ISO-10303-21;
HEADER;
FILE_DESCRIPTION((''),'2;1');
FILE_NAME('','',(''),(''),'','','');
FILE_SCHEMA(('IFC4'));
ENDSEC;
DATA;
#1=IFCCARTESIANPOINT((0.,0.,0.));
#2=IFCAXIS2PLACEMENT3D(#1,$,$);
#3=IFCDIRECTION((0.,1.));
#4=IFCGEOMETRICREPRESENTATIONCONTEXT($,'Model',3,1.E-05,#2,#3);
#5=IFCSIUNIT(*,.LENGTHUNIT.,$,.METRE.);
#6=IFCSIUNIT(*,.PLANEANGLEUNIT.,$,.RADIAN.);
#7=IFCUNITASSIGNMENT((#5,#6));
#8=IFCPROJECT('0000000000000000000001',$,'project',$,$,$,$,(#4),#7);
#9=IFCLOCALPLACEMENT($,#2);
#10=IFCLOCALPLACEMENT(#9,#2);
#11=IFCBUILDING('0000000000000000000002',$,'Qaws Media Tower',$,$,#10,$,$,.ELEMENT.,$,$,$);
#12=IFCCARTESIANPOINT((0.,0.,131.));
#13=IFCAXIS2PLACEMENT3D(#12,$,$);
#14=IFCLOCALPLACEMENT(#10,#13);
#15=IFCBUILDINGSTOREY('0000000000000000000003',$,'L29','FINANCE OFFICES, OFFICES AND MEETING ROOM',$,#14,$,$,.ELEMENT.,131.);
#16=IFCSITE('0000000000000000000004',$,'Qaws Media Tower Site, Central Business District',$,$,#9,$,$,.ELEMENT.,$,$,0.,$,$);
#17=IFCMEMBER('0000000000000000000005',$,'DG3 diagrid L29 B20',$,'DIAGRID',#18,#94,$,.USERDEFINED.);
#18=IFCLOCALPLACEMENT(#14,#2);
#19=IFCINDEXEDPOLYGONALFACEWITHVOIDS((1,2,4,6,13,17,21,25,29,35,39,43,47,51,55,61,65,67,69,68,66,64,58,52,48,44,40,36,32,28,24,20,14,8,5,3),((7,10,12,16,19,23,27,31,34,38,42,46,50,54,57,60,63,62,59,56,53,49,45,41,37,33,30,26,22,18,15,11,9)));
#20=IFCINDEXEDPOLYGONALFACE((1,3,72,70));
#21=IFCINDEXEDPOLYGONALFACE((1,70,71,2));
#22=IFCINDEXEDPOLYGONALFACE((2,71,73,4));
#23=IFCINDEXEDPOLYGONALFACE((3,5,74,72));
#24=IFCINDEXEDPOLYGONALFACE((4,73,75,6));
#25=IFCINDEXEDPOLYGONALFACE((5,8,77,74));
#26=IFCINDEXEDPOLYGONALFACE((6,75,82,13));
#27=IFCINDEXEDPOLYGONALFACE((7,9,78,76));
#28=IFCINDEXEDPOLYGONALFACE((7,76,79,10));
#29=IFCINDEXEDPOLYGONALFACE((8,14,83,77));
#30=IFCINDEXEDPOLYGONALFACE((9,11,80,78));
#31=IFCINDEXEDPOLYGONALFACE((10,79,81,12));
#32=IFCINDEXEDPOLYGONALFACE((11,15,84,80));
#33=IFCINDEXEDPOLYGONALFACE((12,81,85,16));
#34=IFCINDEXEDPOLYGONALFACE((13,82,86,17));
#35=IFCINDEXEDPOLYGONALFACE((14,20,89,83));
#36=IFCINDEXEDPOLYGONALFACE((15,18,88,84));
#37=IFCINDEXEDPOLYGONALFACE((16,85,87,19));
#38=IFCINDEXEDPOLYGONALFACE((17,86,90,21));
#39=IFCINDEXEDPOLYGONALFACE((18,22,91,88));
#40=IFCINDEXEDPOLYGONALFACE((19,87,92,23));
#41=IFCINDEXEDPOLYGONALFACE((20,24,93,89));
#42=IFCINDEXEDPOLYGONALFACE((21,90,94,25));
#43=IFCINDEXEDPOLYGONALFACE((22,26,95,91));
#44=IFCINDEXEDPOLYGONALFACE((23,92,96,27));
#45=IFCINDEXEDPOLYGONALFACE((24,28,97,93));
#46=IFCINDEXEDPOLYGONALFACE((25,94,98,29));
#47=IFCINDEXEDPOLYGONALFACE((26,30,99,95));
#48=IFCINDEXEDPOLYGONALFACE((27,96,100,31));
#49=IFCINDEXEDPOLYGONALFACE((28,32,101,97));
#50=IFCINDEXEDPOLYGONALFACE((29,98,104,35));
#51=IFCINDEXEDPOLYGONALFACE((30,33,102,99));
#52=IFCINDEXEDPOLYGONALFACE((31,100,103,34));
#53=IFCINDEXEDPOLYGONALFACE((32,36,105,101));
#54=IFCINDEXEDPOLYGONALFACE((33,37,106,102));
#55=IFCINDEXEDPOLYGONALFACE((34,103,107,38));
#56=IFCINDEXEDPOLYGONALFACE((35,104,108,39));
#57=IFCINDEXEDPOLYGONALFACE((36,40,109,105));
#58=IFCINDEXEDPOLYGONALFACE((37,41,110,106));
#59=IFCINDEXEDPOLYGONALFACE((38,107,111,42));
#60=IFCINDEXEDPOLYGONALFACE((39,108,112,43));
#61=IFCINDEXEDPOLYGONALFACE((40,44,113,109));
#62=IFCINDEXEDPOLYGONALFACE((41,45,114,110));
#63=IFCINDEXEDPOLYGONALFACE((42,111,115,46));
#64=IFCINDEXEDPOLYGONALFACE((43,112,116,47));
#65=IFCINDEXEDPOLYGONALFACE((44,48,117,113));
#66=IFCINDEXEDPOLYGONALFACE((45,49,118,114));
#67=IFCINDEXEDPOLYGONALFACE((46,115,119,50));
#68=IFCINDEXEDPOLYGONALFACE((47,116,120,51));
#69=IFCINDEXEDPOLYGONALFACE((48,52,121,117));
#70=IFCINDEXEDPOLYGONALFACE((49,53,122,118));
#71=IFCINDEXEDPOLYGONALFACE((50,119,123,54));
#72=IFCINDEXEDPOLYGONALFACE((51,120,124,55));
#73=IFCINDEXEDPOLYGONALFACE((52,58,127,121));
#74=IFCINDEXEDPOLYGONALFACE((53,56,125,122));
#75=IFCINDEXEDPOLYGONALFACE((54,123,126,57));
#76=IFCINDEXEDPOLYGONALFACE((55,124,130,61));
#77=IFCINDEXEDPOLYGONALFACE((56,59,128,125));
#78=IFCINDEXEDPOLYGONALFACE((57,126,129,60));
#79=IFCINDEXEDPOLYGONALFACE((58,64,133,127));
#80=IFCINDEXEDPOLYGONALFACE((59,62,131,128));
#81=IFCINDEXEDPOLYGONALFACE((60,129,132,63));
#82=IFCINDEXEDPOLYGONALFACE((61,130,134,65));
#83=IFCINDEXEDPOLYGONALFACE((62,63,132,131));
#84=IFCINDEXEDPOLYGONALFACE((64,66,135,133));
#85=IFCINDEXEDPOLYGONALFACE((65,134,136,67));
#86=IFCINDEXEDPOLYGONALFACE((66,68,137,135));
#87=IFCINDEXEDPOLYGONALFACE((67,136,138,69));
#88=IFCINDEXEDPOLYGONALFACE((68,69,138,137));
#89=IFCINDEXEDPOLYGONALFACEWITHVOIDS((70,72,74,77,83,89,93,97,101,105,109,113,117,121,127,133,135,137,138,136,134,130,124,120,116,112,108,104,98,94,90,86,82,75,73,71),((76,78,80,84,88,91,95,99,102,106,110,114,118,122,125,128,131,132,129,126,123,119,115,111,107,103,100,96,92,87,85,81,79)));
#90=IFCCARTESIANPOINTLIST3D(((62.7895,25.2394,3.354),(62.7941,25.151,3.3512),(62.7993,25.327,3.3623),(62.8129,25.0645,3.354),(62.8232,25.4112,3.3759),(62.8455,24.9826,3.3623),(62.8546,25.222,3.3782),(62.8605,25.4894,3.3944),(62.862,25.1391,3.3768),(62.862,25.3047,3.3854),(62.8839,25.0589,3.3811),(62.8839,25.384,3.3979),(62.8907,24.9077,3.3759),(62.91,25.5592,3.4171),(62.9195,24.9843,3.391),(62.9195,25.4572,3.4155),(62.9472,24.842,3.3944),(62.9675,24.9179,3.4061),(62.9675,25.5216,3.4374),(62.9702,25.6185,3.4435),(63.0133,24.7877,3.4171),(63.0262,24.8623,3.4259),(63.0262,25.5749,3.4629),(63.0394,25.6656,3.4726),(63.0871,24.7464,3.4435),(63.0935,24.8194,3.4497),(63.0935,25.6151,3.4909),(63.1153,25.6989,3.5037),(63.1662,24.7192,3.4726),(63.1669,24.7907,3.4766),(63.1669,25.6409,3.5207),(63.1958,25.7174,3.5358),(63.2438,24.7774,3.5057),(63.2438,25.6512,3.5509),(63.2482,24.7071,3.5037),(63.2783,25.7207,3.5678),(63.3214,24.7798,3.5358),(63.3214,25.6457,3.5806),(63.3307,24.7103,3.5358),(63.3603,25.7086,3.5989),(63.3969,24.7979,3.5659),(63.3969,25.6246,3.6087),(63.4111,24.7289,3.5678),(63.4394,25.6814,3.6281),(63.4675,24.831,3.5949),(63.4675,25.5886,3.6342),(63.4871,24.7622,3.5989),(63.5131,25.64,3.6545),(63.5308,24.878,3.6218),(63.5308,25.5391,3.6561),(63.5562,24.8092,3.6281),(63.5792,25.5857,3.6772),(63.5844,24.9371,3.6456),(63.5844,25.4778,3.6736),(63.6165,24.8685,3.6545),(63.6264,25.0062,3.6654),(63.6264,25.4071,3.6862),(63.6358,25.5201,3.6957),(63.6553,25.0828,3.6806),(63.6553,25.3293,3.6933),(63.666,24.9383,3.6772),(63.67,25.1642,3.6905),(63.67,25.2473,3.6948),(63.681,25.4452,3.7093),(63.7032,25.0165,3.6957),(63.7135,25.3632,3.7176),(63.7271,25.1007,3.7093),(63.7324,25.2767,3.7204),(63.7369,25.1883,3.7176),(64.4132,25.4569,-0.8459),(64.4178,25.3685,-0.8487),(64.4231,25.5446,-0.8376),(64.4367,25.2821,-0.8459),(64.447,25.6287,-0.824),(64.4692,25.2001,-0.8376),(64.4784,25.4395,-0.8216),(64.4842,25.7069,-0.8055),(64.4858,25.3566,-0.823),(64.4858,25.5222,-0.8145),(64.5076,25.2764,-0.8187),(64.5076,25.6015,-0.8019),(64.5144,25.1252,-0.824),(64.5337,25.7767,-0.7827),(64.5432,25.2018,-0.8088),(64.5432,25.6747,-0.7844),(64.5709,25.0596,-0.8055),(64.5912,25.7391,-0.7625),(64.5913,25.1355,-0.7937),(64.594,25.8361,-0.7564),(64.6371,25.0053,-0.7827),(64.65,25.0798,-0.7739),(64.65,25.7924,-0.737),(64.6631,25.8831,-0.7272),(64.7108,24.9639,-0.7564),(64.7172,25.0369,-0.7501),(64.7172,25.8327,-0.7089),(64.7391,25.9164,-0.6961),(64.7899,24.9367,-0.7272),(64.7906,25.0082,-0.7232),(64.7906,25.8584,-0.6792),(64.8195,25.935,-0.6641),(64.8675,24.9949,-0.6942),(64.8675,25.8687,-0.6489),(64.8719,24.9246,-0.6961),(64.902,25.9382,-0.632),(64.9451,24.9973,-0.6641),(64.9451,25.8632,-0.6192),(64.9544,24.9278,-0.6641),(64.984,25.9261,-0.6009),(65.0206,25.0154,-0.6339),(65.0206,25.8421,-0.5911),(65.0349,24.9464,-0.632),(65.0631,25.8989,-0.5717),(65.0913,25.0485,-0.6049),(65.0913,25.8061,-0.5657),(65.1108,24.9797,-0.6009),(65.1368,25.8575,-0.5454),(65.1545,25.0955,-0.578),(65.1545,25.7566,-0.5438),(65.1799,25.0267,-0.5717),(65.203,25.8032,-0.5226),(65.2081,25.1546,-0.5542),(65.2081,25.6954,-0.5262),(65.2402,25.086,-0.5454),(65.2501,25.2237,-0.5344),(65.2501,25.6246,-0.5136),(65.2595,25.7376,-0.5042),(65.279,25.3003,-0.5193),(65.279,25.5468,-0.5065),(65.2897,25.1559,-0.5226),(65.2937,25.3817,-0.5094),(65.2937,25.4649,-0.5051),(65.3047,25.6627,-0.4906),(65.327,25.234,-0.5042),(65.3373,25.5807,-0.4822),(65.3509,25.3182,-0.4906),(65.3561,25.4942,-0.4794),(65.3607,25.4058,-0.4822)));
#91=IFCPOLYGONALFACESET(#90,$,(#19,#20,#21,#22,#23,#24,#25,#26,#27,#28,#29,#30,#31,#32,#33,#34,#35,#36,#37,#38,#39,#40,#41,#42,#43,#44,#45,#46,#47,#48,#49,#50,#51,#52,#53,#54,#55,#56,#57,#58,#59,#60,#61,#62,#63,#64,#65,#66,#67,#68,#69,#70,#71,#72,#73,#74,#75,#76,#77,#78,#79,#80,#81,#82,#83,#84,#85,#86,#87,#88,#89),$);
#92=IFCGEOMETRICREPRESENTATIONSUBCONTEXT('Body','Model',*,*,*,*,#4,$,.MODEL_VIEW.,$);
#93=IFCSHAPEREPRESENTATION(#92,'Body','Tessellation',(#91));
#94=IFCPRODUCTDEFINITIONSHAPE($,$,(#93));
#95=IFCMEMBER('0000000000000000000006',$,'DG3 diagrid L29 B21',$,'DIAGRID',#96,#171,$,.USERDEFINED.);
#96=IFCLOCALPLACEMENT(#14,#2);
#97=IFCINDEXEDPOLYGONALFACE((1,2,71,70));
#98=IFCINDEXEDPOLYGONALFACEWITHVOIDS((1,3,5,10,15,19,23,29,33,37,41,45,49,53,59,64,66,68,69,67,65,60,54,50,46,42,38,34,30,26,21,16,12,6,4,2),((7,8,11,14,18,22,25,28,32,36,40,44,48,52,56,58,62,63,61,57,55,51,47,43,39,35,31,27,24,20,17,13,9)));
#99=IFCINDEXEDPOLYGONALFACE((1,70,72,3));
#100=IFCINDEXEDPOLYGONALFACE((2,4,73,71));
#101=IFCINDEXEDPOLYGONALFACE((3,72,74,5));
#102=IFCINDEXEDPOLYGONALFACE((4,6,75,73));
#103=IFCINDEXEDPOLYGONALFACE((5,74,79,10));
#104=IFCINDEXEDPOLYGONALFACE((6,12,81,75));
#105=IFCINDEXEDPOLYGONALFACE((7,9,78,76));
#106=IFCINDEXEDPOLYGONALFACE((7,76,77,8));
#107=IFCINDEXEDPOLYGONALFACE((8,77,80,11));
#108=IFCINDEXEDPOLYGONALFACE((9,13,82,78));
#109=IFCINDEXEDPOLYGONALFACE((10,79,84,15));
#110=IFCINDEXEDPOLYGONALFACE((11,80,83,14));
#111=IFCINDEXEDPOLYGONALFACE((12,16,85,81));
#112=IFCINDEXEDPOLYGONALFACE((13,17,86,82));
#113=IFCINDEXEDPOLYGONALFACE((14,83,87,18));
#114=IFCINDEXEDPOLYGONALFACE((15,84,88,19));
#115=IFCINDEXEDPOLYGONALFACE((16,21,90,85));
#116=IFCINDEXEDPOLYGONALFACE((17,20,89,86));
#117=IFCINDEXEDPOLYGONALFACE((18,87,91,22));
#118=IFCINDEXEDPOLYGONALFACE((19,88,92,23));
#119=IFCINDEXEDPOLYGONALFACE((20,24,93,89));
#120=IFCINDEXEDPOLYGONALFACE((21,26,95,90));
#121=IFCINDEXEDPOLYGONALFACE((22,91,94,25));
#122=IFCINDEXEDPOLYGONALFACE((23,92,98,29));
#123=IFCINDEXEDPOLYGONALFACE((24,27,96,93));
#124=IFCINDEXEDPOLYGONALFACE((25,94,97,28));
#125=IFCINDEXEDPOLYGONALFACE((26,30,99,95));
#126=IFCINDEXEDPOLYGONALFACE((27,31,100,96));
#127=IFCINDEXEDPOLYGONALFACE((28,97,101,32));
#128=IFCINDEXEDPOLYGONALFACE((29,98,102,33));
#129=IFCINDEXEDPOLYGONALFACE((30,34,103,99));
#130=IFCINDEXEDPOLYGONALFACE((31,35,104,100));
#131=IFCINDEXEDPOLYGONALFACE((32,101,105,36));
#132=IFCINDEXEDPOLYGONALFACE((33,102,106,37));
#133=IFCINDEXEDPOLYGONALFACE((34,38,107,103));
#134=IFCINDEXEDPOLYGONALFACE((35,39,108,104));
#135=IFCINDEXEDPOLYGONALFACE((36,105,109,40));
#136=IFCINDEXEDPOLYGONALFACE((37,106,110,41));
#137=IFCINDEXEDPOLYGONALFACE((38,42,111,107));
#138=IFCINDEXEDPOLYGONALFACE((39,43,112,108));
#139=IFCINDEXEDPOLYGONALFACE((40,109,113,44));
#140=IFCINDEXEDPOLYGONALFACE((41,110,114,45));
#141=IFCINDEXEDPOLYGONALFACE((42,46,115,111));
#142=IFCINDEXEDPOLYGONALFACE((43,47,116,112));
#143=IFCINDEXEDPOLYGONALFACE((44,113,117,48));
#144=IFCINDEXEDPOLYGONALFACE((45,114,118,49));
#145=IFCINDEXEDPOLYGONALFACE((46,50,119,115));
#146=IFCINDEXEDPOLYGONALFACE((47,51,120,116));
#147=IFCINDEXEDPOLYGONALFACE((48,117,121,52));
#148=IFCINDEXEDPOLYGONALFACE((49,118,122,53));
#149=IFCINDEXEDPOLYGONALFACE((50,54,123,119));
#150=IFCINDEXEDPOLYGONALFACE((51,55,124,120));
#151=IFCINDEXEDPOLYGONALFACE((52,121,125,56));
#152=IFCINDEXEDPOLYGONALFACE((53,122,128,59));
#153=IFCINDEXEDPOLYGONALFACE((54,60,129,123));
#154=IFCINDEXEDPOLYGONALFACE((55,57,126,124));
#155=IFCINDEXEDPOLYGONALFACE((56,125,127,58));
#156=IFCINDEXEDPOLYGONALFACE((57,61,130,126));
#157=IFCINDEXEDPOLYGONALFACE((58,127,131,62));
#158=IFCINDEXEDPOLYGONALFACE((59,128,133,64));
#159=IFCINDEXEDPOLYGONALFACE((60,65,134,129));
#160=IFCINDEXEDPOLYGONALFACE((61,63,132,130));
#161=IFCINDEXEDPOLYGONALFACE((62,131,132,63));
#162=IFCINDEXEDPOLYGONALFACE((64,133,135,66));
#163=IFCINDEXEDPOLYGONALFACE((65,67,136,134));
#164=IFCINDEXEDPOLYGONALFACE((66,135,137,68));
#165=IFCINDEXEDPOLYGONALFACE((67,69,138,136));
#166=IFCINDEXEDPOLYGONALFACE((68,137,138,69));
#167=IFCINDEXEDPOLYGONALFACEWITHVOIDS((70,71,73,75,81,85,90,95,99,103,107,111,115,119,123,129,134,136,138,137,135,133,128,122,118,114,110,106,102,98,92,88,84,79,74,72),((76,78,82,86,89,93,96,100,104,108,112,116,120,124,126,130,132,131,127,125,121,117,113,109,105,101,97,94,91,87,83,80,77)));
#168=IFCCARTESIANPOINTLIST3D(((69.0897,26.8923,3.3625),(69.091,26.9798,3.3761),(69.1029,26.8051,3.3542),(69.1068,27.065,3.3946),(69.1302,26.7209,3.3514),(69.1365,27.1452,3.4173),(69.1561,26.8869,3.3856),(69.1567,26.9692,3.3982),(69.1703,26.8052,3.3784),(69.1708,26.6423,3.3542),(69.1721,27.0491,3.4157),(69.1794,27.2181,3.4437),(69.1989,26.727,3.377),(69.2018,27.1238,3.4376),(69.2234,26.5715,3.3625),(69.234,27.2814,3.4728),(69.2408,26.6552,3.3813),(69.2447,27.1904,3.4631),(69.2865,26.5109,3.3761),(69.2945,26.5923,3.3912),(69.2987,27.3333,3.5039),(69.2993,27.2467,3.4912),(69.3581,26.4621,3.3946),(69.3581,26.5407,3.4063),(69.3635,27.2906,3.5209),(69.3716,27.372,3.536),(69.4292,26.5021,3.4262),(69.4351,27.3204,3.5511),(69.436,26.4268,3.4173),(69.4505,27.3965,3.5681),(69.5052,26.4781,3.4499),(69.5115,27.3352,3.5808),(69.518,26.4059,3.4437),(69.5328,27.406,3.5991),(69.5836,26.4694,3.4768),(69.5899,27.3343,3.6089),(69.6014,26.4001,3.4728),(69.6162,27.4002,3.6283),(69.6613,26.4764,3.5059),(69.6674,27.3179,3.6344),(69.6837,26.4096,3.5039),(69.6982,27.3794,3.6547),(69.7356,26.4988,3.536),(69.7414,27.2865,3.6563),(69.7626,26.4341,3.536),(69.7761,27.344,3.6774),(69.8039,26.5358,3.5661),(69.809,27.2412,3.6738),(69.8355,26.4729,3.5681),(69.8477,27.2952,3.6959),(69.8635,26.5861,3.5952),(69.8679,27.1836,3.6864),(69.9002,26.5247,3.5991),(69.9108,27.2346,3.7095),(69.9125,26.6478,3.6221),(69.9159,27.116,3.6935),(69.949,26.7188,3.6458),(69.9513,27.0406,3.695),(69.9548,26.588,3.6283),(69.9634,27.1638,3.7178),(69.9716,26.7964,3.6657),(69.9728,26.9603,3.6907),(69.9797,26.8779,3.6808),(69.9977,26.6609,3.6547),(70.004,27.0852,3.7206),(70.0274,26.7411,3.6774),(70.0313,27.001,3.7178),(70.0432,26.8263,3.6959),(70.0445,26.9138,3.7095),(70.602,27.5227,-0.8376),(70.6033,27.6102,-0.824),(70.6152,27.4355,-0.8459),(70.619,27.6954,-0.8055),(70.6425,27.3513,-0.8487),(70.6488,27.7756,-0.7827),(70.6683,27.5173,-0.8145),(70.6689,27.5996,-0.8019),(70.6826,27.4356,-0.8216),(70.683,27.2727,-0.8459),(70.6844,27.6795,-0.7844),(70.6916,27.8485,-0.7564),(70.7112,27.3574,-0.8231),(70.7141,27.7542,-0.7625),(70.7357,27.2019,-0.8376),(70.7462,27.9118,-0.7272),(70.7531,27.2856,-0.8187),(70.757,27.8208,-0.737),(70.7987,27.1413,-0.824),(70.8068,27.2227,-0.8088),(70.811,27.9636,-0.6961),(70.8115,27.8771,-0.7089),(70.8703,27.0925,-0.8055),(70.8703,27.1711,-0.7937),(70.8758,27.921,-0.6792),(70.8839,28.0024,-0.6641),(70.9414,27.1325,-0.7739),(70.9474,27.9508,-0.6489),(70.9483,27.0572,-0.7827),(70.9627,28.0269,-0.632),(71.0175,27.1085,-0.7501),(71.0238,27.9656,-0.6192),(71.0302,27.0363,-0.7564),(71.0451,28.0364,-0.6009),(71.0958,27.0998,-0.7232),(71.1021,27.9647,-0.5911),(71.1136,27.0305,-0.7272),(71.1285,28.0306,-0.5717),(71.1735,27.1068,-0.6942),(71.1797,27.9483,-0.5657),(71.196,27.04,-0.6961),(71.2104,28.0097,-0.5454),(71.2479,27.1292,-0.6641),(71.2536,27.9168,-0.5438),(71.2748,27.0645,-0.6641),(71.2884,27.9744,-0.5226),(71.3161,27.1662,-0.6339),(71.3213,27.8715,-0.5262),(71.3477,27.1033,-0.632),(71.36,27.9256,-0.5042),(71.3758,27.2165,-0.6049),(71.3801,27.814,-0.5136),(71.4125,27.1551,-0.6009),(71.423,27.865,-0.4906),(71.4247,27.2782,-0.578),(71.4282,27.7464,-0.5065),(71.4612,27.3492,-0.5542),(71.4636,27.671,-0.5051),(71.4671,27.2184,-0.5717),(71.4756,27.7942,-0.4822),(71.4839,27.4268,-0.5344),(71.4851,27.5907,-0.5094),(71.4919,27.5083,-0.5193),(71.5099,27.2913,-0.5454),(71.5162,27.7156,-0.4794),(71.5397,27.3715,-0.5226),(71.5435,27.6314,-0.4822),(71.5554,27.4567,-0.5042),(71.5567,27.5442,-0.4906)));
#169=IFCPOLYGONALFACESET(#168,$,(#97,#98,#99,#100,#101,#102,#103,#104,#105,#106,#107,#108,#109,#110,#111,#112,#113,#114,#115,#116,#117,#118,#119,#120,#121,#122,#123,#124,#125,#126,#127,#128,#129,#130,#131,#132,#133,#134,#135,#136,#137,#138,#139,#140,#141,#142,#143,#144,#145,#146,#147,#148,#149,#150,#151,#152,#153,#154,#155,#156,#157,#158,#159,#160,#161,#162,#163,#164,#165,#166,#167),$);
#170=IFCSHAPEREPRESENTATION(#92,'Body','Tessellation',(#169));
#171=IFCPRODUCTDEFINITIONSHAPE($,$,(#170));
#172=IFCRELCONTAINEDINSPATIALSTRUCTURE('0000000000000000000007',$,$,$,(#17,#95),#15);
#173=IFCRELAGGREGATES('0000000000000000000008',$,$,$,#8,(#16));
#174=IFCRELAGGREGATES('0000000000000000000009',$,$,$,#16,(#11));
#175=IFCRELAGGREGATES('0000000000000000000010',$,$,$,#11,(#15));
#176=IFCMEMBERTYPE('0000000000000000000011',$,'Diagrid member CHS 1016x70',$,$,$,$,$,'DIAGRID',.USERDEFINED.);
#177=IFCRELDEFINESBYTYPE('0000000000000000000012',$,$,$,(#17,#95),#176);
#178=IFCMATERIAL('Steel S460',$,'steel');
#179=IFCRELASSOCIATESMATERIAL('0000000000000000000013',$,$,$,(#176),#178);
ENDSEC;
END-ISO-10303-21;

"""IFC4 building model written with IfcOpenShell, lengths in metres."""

from ifc_helpers import new_model, si_unit, direction, frame, origin, origin_2d, place, context, subcontext, project, spatial, hollow_circle, extrude, material, material_profile, profile_set, type_object, element, save


model = new_model("IFC4")

# Units and contexts
model_context = context("Model", 3, precision=1e-05, world=origin(), true_north=direction((0.0, 1.0)))
body_context = subcontext(model_context, "Body", "Model", "MODEL_VIEW")
ifc_project = project(units=[si_unit("LENGTHUNIT", "METRE"), si_unit("PLANEANGLEUNIT", "RADIAN")], contexts=[model_context])

# Site, building, storey
site_placement = place(None, origin())
site = spatial("IfcSite", under=ifc_project, at=site_placement, Name="Qaws Media Tower Site, Central Business District", CompositionType="ELEMENT", RefElevation=0.0)
building_placement = place(site_placement, origin())
building = spatial("IfcBuilding", under=site, at=building_placement, Name="Qaws Media Tower", CompositionType="ELEMENT")
storey_placement = place(building_placement, frame((0.0, 0.0, 131.0)))
storey = spatial("IfcBuildingStorey", under=building, at=storey_placement, Name="L29", Description="FINANCE OFFICES, OFFICES AND MEETING ROOM", CompositionType="ELEMENT", Elevation=131.0)

# Members
ifc_material_1 = material(Name="Steel S460", Category="steel")
ifc_material_profile_1 = material_profile(ifc_material_1, hollow_circle(Radius=0.5081, WallThickness=0.0701, at=origin_2d()), Name="CHS 1016x70")
ifc_profile_set_1 = profile_set([ifc_material_profile_1], Name="Steel S460")
member_type_1 = type_object("IfcMemberType", Name="Diagrid member CHS 1016x70", ElementType="DIAGRID", PredefinedType="USERDEFINED", material=ifc_profile_set_1)
member_1_placement = place(storey_placement, frame((64.887, 25.4314, -0.6641), z_axis=(-0.360186, -0.048252, 0.931632), x_axis=(0.132779, -0.991146, 0.0)))
element("IfcMember", 1, at=member_1_placement, inside=storey, type_object=member_type_1, Name="DG3 diagrid L29 B20", ObjectType="DIAGRID", PredefinedType="USERDEFINED", context=body_context, shape_type="SweptSolid", body=[
    extrude(hollow_circle(Radius=0.5081, WallThickness=0.0701, at=origin_2d()), origin(), (0.0, 0.0, 1.0), 4.5081),
])
member_2_placement = place(storey_placement, frame((71.0793, 27.5334, -0.6641), z_axis=(-0.335436, -0.139828, 0.931628), x_axis=(0.384764, -0.923015, 0.0)))
element("IfcMember", 2, at=member_2_placement, inside=storey, type_object=member_type_1, Name="DG3 diagrid L29 B21", ObjectType="DIAGRID", PredefinedType="USERDEFINED", context=body_context, shape_type="SweptSolid", body=[
    extrude(hollow_circle(Radius=0.5081, WallThickness=0.0701, at=origin_2d()), origin(), (0.0, 0.0, 1.0), 4.5083),
])

save(model, "model.ifc")
